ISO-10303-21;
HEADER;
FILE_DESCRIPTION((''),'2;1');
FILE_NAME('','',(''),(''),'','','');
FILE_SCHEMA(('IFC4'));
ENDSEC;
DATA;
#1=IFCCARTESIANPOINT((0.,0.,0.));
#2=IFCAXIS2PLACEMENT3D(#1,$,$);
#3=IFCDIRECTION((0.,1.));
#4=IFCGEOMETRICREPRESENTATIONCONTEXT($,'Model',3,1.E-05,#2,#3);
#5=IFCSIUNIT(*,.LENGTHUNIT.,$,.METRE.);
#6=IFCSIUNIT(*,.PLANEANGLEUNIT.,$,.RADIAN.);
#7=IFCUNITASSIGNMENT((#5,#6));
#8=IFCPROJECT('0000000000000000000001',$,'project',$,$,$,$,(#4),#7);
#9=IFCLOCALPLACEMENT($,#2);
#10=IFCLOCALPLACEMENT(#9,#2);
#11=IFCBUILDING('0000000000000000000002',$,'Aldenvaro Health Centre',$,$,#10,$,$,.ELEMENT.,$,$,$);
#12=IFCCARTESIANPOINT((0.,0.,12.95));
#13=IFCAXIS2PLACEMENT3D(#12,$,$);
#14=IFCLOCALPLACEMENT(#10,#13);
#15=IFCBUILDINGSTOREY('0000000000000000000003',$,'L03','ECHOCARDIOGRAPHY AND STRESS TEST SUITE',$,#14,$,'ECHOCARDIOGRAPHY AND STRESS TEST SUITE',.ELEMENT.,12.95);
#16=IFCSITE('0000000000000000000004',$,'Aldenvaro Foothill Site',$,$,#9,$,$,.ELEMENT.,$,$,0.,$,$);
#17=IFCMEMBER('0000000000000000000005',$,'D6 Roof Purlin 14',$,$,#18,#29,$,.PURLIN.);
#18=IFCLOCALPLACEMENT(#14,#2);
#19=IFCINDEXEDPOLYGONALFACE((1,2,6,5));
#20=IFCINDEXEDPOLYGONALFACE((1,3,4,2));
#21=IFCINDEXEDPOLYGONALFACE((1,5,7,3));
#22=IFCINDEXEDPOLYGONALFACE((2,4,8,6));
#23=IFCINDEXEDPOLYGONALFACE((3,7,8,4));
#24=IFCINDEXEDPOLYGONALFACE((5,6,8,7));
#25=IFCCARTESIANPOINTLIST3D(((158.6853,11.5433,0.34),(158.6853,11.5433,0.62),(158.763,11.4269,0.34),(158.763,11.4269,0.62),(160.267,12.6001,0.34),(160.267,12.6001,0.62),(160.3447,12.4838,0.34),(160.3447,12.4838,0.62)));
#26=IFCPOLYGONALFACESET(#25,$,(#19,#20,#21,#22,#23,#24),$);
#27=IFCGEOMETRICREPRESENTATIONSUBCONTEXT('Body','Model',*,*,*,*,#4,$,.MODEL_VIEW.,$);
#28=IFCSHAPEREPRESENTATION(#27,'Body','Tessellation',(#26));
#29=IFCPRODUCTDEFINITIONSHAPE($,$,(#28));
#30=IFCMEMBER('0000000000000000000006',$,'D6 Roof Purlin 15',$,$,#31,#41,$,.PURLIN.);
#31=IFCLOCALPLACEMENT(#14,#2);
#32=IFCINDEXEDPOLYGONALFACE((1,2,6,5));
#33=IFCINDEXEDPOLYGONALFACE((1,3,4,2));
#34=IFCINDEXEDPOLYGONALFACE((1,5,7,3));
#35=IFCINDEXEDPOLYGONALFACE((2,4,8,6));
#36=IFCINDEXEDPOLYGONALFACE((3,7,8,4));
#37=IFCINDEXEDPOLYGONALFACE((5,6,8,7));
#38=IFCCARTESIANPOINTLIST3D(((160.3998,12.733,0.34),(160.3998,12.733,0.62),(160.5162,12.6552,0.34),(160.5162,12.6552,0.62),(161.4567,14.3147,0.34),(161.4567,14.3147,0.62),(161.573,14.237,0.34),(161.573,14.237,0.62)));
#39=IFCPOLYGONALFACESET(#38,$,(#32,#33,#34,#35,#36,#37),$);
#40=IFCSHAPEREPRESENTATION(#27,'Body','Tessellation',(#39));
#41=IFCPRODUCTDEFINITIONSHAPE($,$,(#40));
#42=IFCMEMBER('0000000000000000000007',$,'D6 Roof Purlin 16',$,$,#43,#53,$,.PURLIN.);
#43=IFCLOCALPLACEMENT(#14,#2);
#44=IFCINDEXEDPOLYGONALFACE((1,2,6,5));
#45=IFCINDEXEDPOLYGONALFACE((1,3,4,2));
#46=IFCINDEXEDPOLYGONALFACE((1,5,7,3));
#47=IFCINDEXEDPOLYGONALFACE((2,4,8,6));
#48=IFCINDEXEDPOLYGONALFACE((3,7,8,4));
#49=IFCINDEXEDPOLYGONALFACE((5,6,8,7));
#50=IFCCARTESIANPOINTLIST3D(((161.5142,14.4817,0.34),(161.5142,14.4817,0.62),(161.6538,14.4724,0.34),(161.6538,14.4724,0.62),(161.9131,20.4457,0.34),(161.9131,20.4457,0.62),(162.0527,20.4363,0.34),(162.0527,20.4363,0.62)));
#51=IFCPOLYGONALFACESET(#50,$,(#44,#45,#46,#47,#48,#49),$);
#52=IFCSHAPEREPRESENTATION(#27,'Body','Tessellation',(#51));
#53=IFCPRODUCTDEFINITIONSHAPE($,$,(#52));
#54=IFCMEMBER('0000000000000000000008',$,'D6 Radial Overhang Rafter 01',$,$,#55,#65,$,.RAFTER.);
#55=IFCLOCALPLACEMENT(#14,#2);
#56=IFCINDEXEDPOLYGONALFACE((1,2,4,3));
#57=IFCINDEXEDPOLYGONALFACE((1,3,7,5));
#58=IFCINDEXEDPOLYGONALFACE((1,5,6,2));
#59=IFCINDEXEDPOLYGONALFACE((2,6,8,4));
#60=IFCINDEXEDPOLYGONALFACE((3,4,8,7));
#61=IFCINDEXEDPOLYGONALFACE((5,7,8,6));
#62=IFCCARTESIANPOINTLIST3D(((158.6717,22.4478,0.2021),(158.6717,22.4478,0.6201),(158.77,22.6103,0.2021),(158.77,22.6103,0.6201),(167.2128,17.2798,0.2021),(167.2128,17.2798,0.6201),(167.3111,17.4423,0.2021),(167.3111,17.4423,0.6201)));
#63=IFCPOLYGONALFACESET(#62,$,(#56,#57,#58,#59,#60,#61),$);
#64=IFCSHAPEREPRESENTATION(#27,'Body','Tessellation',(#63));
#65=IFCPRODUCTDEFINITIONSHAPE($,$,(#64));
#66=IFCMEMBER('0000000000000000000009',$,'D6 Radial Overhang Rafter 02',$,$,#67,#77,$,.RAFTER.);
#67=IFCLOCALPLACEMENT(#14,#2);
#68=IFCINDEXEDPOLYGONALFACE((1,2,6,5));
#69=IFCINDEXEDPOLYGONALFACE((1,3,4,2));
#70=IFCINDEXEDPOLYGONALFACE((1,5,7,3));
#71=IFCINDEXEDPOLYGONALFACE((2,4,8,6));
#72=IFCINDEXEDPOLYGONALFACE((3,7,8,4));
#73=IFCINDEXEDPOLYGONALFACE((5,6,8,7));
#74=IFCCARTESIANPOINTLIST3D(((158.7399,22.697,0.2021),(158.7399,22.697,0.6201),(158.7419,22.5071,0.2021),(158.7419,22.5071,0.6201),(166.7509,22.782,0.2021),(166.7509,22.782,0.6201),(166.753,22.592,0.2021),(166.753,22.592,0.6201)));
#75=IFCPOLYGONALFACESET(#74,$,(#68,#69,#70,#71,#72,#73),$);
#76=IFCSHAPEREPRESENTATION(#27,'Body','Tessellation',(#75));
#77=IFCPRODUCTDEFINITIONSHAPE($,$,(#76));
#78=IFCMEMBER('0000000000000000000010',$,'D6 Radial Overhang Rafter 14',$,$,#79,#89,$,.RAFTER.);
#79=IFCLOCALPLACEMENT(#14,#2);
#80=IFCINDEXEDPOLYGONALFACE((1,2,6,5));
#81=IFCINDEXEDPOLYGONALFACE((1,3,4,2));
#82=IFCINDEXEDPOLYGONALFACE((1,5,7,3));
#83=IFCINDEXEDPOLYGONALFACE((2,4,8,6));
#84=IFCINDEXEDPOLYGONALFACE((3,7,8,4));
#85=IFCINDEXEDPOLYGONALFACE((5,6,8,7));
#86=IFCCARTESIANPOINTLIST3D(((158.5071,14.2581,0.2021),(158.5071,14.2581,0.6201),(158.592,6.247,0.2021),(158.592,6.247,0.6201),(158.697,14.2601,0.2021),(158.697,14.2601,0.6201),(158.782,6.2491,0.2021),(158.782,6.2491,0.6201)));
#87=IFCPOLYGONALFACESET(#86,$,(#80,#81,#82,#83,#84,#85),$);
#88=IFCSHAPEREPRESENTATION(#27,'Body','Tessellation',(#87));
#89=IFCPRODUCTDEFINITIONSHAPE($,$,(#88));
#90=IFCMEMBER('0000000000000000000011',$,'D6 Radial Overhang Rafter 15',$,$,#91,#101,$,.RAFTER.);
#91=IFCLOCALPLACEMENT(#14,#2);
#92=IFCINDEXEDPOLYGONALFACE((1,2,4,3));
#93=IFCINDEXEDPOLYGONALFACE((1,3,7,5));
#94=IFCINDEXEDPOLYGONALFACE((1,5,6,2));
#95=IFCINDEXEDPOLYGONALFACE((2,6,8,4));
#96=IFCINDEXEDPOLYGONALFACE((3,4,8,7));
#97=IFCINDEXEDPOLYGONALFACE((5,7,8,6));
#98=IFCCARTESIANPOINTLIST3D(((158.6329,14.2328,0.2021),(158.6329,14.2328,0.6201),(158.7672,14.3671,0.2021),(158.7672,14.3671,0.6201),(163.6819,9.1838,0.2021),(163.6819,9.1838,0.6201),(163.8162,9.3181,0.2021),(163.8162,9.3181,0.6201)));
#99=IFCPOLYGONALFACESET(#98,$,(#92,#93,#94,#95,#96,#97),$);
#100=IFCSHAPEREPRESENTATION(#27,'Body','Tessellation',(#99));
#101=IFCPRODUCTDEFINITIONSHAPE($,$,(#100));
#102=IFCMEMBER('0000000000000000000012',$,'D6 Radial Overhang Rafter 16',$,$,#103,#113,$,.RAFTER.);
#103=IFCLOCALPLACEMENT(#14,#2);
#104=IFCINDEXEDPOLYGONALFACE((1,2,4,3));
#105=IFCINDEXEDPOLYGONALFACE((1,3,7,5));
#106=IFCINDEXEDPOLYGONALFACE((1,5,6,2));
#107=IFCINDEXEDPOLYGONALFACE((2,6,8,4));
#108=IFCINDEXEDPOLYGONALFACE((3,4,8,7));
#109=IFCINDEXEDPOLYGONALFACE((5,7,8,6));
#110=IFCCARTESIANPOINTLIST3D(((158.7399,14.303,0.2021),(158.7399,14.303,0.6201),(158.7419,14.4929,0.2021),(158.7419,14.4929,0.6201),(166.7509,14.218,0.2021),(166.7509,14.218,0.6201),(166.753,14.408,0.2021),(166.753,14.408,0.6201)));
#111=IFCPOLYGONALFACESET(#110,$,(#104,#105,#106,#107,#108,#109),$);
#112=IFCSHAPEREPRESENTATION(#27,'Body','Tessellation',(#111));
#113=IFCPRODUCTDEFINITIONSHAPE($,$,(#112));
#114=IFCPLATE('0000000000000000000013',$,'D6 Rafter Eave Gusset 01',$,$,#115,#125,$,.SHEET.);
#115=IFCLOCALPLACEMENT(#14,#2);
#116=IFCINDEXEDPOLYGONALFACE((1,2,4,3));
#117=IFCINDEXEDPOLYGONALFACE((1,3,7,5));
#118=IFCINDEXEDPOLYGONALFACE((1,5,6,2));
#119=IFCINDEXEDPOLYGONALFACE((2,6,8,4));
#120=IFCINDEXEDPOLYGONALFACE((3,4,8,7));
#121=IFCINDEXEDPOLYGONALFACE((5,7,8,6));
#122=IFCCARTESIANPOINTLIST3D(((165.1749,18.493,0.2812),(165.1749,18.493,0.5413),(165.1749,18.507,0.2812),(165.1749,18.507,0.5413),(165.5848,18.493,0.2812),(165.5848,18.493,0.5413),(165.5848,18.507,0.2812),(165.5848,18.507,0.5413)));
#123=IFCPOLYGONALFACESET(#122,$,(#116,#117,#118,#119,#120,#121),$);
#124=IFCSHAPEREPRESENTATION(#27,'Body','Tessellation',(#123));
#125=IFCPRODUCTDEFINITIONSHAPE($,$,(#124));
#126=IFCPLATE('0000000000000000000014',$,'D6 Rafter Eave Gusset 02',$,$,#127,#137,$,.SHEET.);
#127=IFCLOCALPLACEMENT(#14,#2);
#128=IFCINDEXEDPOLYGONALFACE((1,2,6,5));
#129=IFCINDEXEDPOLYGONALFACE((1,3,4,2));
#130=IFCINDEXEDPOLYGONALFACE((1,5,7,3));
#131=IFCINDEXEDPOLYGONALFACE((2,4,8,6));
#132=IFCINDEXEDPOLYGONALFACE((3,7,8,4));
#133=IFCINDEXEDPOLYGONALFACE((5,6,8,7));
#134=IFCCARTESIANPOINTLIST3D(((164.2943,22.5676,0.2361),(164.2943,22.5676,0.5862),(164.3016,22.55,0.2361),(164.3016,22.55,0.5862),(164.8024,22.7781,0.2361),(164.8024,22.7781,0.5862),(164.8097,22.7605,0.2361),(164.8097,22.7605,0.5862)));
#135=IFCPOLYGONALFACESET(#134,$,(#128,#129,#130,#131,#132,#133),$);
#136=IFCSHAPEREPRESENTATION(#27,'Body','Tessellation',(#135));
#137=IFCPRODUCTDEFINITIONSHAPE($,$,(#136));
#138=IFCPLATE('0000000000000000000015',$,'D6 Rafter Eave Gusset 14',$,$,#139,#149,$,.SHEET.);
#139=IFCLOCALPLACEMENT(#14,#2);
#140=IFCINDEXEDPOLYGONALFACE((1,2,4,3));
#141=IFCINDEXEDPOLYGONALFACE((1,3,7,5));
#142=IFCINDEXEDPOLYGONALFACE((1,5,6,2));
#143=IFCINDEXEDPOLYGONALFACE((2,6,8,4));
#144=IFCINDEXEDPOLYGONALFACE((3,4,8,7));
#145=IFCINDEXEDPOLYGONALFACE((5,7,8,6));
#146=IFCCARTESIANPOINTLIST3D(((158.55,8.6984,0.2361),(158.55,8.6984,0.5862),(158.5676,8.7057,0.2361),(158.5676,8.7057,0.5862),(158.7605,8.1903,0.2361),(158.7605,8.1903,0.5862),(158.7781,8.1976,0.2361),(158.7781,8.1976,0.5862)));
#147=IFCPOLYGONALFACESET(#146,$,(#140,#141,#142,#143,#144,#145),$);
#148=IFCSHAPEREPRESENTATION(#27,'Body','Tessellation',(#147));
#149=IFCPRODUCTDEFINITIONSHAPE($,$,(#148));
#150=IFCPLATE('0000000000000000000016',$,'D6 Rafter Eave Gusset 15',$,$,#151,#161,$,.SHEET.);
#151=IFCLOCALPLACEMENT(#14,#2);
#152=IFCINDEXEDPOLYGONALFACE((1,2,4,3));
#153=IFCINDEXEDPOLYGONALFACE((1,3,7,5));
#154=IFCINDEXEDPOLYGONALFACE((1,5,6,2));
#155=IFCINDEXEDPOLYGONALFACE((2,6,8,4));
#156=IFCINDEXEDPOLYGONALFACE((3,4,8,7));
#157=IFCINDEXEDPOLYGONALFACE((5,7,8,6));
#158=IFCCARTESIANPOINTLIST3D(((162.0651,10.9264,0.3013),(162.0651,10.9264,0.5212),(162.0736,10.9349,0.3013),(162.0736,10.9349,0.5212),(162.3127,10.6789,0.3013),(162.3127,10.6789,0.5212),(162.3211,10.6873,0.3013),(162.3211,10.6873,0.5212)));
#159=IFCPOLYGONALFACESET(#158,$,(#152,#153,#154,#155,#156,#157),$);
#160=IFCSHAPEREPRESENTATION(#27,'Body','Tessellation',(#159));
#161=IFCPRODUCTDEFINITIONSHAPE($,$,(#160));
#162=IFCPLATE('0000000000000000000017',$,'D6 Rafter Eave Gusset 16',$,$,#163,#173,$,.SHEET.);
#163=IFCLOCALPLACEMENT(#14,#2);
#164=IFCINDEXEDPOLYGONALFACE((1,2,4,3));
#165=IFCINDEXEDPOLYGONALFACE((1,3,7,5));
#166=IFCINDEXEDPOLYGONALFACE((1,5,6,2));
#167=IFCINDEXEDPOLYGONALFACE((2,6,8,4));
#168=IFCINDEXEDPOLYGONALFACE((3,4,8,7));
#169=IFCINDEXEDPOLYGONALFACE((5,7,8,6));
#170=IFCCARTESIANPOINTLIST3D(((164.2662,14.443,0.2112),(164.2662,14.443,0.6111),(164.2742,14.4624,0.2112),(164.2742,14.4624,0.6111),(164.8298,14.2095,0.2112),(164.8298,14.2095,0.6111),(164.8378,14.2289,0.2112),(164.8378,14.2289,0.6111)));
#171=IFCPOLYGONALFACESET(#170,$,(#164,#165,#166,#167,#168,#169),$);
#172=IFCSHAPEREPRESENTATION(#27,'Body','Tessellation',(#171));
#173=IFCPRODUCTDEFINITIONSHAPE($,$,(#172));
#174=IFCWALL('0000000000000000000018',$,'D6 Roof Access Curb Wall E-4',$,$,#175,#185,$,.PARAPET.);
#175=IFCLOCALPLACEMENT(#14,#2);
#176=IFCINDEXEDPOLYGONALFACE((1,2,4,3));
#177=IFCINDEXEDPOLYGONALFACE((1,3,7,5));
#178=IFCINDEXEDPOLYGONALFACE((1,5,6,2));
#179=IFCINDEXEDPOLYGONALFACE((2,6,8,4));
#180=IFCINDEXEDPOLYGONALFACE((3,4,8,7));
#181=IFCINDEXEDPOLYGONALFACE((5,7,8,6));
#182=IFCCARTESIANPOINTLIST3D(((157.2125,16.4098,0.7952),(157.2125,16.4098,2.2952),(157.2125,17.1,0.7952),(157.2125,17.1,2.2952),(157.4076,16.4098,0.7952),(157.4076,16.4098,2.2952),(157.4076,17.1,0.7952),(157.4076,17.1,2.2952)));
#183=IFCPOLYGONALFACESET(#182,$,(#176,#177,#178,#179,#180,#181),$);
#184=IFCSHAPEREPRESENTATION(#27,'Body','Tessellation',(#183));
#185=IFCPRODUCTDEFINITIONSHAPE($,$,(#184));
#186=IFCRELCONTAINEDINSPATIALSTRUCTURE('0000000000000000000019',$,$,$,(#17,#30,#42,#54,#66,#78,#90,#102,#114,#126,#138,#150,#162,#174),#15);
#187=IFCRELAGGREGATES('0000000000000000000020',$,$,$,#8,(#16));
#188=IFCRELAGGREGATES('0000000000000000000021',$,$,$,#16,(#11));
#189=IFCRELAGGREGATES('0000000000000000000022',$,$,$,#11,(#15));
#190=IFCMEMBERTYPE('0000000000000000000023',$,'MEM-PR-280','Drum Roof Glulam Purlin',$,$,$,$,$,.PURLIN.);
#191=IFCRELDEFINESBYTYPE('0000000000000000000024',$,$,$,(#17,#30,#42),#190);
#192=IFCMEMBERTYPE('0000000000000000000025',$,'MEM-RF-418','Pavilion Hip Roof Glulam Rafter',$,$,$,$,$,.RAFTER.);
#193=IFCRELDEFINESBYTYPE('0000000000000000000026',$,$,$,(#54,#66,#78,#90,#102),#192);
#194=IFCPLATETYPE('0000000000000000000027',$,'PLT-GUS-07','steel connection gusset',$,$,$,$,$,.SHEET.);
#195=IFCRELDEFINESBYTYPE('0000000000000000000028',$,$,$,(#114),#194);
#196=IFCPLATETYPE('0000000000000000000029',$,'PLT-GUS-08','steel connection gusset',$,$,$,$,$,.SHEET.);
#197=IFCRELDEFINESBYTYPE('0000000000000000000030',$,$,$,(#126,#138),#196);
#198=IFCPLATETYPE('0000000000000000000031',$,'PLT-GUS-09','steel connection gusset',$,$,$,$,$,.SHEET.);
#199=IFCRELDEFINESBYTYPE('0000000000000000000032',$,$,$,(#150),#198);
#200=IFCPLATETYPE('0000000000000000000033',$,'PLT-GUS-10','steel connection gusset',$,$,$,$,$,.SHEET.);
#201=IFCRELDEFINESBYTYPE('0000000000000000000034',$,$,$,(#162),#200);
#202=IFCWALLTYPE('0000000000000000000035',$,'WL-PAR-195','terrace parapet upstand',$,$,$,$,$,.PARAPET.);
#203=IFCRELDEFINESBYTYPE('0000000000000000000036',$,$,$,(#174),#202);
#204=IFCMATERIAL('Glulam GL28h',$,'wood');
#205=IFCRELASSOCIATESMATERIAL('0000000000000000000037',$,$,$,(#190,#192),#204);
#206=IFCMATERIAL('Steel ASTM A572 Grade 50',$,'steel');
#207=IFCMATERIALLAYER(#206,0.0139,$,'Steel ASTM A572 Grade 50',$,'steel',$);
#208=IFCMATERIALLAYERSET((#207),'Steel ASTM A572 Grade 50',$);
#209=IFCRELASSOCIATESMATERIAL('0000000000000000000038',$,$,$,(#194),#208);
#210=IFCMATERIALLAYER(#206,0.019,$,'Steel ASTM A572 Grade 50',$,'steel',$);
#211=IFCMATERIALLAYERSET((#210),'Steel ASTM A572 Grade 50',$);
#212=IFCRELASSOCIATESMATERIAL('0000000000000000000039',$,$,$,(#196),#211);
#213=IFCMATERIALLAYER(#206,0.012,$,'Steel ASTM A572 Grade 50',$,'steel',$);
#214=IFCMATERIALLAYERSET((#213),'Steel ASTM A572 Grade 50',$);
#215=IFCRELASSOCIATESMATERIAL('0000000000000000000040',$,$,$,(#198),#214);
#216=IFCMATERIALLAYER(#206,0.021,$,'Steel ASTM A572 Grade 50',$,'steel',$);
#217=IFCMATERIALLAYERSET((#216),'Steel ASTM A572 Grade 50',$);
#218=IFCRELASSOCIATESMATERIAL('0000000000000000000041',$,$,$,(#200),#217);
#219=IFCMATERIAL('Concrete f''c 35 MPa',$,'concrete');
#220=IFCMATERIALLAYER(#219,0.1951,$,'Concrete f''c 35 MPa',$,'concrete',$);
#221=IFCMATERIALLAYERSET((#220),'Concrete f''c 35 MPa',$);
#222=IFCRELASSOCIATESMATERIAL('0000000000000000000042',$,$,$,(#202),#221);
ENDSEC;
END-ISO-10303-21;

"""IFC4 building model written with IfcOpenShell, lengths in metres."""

from ifc_helpers import new_model, si_unit, direction, frame, frame_2d, origin, origin_2d, place, context, subcontext, project, spatial, rectangle, extrude, material, layer, layer_set, material_profile, profile_set, type_object, element, save


model = new_model("IFC4")

# Units and contexts
model_context = context("Model", 3, precision=1e-05, world=origin(), true_north=direction((0.0, 1.0)))
body_context = subcontext(model_context, "Body", "Model", "MODEL_VIEW")
ifc_project = project(units=[si_unit("LENGTHUNIT", "METRE"), si_unit("PLANEANGLEUNIT", "RADIAN")], contexts=[model_context])

# Site, building, storey
site_placement = place(None, origin())
site = spatial("IfcSite", under=ifc_project, at=site_placement, Name="Aldenvaro Foothill Site", CompositionType="ELEMENT", RefElevation=0.0)
building_placement = place(site_placement, origin())
building = spatial("IfcBuilding", under=site, at=building_placement, Name="Aldenvaro Health Centre", CompositionType="ELEMENT")
storey_placement = place(building_placement, frame((0.0, 0.0, 12.95)))
storey = spatial("IfcBuildingStorey", under=building, at=storey_placement, Name="L03", Description="ECHOCARDIOGRAPHY AND STRESS TEST SUITE", LongName="ECHOCARDIOGRAPHY AND STRESS TEST SUITE", CompositionType="ELEMENT", Elevation=12.95)

# Shared definitions
ifc_material_1 = material(Name="Glulam GL28h", Category="wood")

# Members
ifc_material_profile_1 = material_profile(ifc_material_1, rectangle(XDim=0.1399, YDim=0.28, at=origin_2d()), Name="GL 140x280", Category="wood")
ifc_profile_set_1 = profile_set([ifc_material_profile_1], Name="Glulam GL28h")
member_type_1 = type_object("IfcMemberType", Name="MEM-PR-280", Description="Drum Roof Glulam Purlin", PredefinedType="PURLIN", material=ifc_profile_set_1)
for number, where, z_axis, x_axis, name in (
    (1, (158.7241, 11.4851, 0.48), (0.831477, 0.555559, 0.0), (-0.555559, 0.831477, 0.0), "D6 Roof Purlin 14"),
    (2, (160.458, 12.6941, 0.48), (0.555559, 0.831477, 0.0), (-0.831477, 0.555559, 0.0), "D6 Roof Purlin 15"),
):
    element("IfcMember", number, at=place(storey_placement, frame(where, z_axis=z_axis, x_axis=x_axis)), inside=storey, type_object=member_type_1, Name=name, PredefinedType="PURLIN", context=body_context, shape_type="SweptSolid", body=[
        extrude(rectangle(XDim=0.1399, YDim=0.28, at=origin_2d()), origin(), (0.0, 0.0, 1.0), 1.9023),
    ])
member_1_placement = place(storey_placement, frame((161.584, 14.4771, 0.48), z_axis=(0.066741, 0.99777, 0.0), x_axis=(-0.99777, 0.066741, 0.0)))
element("IfcMember", 3, at=member_1_placement, inside=storey, type_object=member_type_1, Name="D6 Roof Purlin 16", PredefinedType="PURLIN", context=body_context, shape_type="SweptSolid", body=[
    extrude(rectangle(XDim=0.1399, YDim=0.28, at=origin_2d()), origin(), (0.0, 0.0, 1.0), 5.9773),
])
ifc_material_profile_2 = material_profile(ifc_material_1, rectangle(XDim=0.1899, YDim=0.418, at=origin_2d()), Name="GL 190x418", Category="wood")
ifc_profile_set_2 = profile_set([ifc_material_profile_2], Name="Glulam GL28h")
member_type_2 = type_object("IfcMemberType", Name="MEM-RF-418", Description="Pavilion Hip Roof Glulam Rafter", PredefinedType="RAFTER", material=ifc_profile_set_2)
member_2_placement = place(storey_placement, frame((167.262, 17.3611, 0.4111), z_axis=(-0.855571, 0.517686, 0.0), x_axis=(-0.517686, -0.855571, 0.0)))
element("IfcMember", 4, at=member_2_placement, inside=storey, type_object=member_type_2, Name="D6 Radial Overhang Rafter 01", PredefinedType="RAFTER", context=body_context, shape_type="SweptSolid", body=[
    extrude(rectangle(XDim=0.1899, YDim=0.418, at=origin_2d()), origin(), (0.0, 0.0, 1.0), 9.9829),
])
for number, where, z_axis, x_axis, name in (
    (5, (166.752, 22.687, 0.4111), (-0.999944, -0.010605, 0.0), (0.010605, -0.999944, 0.0), "D6 Radial Overhang Rafter 02"),
    (6, (158.687, 6.248, 0.4111), (-0.010605, 0.999944, 0.0), (-0.999944, -0.010605, 0.0), "D6 Radial Overhang Rafter 14"),
):
    element("IfcMember", number, at=place(storey_placement, frame(where, z_axis=z_axis, x_axis=x_axis)), inside=storey, type_object=member_type_2, Name=name, PredefinedType="RAFTER", context=body_context, shape_type="SweptSolid", body=[
        extrude(rectangle(XDim=0.1899, YDim=0.418, at=origin_2d()), origin(), (0.0, 0.0, 1.0), 8.0115),
    ])
member_3_placement = place(storey_placement, frame((163.749, 9.251, 0.4111), z_axis=(-0.707107, 0.707107, 0.0), x_axis=(-0.707107, -0.707107, 0.0)))
element("IfcMember", 7, at=member_3_placement, inside=storey, type_object=member_type_2, Name="D6 Radial Overhang Rafter 15", PredefinedType="RAFTER", context=body_context, shape_type="SweptSolid", body=[
    extrude(rectangle(XDim=0.1899, YDim=0.418, at=origin_2d()), origin(), (0.0, 0.0, 1.0), 7.1404),
])
member_4_placement = place(storey_placement, frame((166.752, 14.313, 0.4111), z_axis=(-0.999944, 0.010605, 0.0), x_axis=(-0.010605, -0.999944, 0.0)))
element("IfcMember", 8, at=member_4_placement, inside=storey, type_object=member_type_2, Name="D6 Radial Overhang Rafter 16", PredefinedType="RAFTER", context=body_context, shape_type="SweptSolid", body=[
    extrude(rectangle(XDim=0.1899, YDim=0.418, at=origin_2d()), origin(), (0.0, 0.0, 1.0), 8.0115),
])

# Plates
ifc_material_2 = material(Name="Steel ASTM A572 Grade 50", Category="steel")
ifc_layer_1 = layer(ifc_material_2, 0.0139, Name="Steel ASTM A572 Grade 50", Category="steel")
ifc_layer_set_1 = layer_set([ifc_layer_1], Name="Steel ASTM A572 Grade 50")
plate_type_1 = type_object("IfcPlateType", Name="PLT-GUS-07", Description="steel connection gusset", PredefinedType="SHEET", material=ifc_layer_set_1)
plate_1_placement = place(storey_placement, frame((165.3799, 18.5, 0.2812), z_axis=(0.0, 0.0, 1.0), x_axis=(1.0, 0.0, 0.0)))
element("IfcPlate", 9, at=plate_1_placement, inside=storey, type_object=plate_type_1, Name="D6 Rafter Eave Gusset 01", PredefinedType="SHEET", context=body_context, shape_type="SweptSolid", body=[
    extrude(rectangle(XDim=0.4099, YDim=0.0139, at=origin_2d()), origin(), (0.0, 0.0, 1.0), 0.26),
])
ifc_layer_2 = layer(ifc_material_2, 0.019, Name="Steel ASTM A572 Grade 50", Category="steel")
ifc_layer_set_2 = layer_set([ifc_layer_2], Name="Steel ASTM A572 Grade 50")
plate_type_2 = type_object("IfcPlateType", Name="PLT-GUS-08", Description="steel connection gusset", PredefinedType="SHEET", material=ifc_layer_set_2)
for number, where, z_axis, x_axis, name in (
    (10, (164.552, 22.6641, 0.2361), (0.0, 0.0, 1.0), (0.923869, 0.382709, 0.0), "D6 Rafter Eave Gusset 02"),
    (11, (158.6641, 8.448, 0.2361), (0.0, 0.0, 1.0), (0.382709, -0.923869, 0.0), "D6 Rafter Eave Gusset 14"),
):
    element("IfcPlate", number, at=place(storey_placement, frame(where, z_axis=z_axis, x_axis=x_axis)), inside=storey, type_object=plate_type_2, Name=name, PredefinedType="SHEET", context=body_context, shape_type="SweptSolid", body=[
        extrude(rectangle(XDim=0.55, YDim=0.019, at=origin_2d()), origin(), (0.0, 0.0, 1.0), 0.3501),
    ])
ifc_layer_3 = layer(ifc_material_2, 0.012, Name="Steel ASTM A572 Grade 50", Category="steel")
ifc_layer_set_3 = layer_set([ifc_layer_3], Name="Steel ASTM A572 Grade 50")
plate_type_3 = type_object("IfcPlateType", Name="PLT-GUS-09", Description="steel connection gusset", PredefinedType="SHEET", material=ifc_layer_set_3)
plate_2_placement = place(storey_placement, frame((162.1931, 10.8069, 0.3013), z_axis=(0.0, 0.0, 1.0), x_axis=(0.707107, -0.707107, 0.0)))
element("IfcPlate", 12, at=plate_2_placement, inside=storey, type_object=plate_type_3, Name="D6 Rafter Eave Gusset 15", PredefinedType="SHEET", context=body_context, shape_type="SweptSolid", body=[
    extrude(rectangle(XDim=0.3501, YDim=0.012, at=origin_2d()), origin(), (0.0, 0.0, 1.0), 0.22),
])
ifc_layer_4 = layer(ifc_material_2, 0.021, Name="Steel ASTM A572 Grade 50", Category="steel")
ifc_layer_set_4 = layer_set([ifc_layer_4], Name="Steel ASTM A572 Grade 50")
plate_type_4 = type_object("IfcPlateType", Name="PLT-GUS-10", Description="steel connection gusset", PredefinedType="SHEET", material=ifc_layer_set_4)
plate_3_placement = place(storey_placement, frame((164.552, 14.3359, 0.2112), z_axis=(0.0, 0.0, 1.0), x_axis=(0.923869, -0.382709, 0.0)))
element("IfcPlate", 13, at=plate_3_placement, inside=storey, type_object=plate_type_4, Name="D6 Rafter Eave Gusset 16", PredefinedType="SHEET", context=body_context, shape_type="SweptSolid", body=[
    extrude(rectangle(XDim=0.6101, YDim=0.021, at=origin_2d()), origin(), (0.0, 0.0, 1.0), 0.3999),
])

# Wall
ifc_material_3 = material(Name="Concrete f'c 35 MPa", Category="concrete")
ifc_layer_5 = layer(ifc_material_3, 0.1951, Name="Concrete f'c 35 MPa", Category="concrete")
ifc_layer_set_5 = layer_set([ifc_layer_5], Name="Concrete f'c 35 MPa")
wall_type = type_object("IfcWallType", Name="WL-PAR-195", Description="terrace parapet upstand", PredefinedType="PARAPET", material=ifc_layer_set_5)
wall_placement = place(storey_placement, frame((157.3101, 17.1001, 0.7952), z_axis=(0.0, 0.0, 1.0), x_axis=(0.0, -1.0, 0.0)))
element("IfcWall", 14, at=wall_placement, inside=storey, type_object=wall_type, Name="D6 Roof Access Curb Wall E-4", PredefinedType="PARAPET", context=body_context, shape_type="SweptSolid", body=[
    extrude(rectangle(XDim=0.6902, YDim=0.1951, at=frame_2d((0.3452, 0.0))), origin(), (0.0, 0.0, 1.0), 1.5),
])

save(model, "model.ifc")
